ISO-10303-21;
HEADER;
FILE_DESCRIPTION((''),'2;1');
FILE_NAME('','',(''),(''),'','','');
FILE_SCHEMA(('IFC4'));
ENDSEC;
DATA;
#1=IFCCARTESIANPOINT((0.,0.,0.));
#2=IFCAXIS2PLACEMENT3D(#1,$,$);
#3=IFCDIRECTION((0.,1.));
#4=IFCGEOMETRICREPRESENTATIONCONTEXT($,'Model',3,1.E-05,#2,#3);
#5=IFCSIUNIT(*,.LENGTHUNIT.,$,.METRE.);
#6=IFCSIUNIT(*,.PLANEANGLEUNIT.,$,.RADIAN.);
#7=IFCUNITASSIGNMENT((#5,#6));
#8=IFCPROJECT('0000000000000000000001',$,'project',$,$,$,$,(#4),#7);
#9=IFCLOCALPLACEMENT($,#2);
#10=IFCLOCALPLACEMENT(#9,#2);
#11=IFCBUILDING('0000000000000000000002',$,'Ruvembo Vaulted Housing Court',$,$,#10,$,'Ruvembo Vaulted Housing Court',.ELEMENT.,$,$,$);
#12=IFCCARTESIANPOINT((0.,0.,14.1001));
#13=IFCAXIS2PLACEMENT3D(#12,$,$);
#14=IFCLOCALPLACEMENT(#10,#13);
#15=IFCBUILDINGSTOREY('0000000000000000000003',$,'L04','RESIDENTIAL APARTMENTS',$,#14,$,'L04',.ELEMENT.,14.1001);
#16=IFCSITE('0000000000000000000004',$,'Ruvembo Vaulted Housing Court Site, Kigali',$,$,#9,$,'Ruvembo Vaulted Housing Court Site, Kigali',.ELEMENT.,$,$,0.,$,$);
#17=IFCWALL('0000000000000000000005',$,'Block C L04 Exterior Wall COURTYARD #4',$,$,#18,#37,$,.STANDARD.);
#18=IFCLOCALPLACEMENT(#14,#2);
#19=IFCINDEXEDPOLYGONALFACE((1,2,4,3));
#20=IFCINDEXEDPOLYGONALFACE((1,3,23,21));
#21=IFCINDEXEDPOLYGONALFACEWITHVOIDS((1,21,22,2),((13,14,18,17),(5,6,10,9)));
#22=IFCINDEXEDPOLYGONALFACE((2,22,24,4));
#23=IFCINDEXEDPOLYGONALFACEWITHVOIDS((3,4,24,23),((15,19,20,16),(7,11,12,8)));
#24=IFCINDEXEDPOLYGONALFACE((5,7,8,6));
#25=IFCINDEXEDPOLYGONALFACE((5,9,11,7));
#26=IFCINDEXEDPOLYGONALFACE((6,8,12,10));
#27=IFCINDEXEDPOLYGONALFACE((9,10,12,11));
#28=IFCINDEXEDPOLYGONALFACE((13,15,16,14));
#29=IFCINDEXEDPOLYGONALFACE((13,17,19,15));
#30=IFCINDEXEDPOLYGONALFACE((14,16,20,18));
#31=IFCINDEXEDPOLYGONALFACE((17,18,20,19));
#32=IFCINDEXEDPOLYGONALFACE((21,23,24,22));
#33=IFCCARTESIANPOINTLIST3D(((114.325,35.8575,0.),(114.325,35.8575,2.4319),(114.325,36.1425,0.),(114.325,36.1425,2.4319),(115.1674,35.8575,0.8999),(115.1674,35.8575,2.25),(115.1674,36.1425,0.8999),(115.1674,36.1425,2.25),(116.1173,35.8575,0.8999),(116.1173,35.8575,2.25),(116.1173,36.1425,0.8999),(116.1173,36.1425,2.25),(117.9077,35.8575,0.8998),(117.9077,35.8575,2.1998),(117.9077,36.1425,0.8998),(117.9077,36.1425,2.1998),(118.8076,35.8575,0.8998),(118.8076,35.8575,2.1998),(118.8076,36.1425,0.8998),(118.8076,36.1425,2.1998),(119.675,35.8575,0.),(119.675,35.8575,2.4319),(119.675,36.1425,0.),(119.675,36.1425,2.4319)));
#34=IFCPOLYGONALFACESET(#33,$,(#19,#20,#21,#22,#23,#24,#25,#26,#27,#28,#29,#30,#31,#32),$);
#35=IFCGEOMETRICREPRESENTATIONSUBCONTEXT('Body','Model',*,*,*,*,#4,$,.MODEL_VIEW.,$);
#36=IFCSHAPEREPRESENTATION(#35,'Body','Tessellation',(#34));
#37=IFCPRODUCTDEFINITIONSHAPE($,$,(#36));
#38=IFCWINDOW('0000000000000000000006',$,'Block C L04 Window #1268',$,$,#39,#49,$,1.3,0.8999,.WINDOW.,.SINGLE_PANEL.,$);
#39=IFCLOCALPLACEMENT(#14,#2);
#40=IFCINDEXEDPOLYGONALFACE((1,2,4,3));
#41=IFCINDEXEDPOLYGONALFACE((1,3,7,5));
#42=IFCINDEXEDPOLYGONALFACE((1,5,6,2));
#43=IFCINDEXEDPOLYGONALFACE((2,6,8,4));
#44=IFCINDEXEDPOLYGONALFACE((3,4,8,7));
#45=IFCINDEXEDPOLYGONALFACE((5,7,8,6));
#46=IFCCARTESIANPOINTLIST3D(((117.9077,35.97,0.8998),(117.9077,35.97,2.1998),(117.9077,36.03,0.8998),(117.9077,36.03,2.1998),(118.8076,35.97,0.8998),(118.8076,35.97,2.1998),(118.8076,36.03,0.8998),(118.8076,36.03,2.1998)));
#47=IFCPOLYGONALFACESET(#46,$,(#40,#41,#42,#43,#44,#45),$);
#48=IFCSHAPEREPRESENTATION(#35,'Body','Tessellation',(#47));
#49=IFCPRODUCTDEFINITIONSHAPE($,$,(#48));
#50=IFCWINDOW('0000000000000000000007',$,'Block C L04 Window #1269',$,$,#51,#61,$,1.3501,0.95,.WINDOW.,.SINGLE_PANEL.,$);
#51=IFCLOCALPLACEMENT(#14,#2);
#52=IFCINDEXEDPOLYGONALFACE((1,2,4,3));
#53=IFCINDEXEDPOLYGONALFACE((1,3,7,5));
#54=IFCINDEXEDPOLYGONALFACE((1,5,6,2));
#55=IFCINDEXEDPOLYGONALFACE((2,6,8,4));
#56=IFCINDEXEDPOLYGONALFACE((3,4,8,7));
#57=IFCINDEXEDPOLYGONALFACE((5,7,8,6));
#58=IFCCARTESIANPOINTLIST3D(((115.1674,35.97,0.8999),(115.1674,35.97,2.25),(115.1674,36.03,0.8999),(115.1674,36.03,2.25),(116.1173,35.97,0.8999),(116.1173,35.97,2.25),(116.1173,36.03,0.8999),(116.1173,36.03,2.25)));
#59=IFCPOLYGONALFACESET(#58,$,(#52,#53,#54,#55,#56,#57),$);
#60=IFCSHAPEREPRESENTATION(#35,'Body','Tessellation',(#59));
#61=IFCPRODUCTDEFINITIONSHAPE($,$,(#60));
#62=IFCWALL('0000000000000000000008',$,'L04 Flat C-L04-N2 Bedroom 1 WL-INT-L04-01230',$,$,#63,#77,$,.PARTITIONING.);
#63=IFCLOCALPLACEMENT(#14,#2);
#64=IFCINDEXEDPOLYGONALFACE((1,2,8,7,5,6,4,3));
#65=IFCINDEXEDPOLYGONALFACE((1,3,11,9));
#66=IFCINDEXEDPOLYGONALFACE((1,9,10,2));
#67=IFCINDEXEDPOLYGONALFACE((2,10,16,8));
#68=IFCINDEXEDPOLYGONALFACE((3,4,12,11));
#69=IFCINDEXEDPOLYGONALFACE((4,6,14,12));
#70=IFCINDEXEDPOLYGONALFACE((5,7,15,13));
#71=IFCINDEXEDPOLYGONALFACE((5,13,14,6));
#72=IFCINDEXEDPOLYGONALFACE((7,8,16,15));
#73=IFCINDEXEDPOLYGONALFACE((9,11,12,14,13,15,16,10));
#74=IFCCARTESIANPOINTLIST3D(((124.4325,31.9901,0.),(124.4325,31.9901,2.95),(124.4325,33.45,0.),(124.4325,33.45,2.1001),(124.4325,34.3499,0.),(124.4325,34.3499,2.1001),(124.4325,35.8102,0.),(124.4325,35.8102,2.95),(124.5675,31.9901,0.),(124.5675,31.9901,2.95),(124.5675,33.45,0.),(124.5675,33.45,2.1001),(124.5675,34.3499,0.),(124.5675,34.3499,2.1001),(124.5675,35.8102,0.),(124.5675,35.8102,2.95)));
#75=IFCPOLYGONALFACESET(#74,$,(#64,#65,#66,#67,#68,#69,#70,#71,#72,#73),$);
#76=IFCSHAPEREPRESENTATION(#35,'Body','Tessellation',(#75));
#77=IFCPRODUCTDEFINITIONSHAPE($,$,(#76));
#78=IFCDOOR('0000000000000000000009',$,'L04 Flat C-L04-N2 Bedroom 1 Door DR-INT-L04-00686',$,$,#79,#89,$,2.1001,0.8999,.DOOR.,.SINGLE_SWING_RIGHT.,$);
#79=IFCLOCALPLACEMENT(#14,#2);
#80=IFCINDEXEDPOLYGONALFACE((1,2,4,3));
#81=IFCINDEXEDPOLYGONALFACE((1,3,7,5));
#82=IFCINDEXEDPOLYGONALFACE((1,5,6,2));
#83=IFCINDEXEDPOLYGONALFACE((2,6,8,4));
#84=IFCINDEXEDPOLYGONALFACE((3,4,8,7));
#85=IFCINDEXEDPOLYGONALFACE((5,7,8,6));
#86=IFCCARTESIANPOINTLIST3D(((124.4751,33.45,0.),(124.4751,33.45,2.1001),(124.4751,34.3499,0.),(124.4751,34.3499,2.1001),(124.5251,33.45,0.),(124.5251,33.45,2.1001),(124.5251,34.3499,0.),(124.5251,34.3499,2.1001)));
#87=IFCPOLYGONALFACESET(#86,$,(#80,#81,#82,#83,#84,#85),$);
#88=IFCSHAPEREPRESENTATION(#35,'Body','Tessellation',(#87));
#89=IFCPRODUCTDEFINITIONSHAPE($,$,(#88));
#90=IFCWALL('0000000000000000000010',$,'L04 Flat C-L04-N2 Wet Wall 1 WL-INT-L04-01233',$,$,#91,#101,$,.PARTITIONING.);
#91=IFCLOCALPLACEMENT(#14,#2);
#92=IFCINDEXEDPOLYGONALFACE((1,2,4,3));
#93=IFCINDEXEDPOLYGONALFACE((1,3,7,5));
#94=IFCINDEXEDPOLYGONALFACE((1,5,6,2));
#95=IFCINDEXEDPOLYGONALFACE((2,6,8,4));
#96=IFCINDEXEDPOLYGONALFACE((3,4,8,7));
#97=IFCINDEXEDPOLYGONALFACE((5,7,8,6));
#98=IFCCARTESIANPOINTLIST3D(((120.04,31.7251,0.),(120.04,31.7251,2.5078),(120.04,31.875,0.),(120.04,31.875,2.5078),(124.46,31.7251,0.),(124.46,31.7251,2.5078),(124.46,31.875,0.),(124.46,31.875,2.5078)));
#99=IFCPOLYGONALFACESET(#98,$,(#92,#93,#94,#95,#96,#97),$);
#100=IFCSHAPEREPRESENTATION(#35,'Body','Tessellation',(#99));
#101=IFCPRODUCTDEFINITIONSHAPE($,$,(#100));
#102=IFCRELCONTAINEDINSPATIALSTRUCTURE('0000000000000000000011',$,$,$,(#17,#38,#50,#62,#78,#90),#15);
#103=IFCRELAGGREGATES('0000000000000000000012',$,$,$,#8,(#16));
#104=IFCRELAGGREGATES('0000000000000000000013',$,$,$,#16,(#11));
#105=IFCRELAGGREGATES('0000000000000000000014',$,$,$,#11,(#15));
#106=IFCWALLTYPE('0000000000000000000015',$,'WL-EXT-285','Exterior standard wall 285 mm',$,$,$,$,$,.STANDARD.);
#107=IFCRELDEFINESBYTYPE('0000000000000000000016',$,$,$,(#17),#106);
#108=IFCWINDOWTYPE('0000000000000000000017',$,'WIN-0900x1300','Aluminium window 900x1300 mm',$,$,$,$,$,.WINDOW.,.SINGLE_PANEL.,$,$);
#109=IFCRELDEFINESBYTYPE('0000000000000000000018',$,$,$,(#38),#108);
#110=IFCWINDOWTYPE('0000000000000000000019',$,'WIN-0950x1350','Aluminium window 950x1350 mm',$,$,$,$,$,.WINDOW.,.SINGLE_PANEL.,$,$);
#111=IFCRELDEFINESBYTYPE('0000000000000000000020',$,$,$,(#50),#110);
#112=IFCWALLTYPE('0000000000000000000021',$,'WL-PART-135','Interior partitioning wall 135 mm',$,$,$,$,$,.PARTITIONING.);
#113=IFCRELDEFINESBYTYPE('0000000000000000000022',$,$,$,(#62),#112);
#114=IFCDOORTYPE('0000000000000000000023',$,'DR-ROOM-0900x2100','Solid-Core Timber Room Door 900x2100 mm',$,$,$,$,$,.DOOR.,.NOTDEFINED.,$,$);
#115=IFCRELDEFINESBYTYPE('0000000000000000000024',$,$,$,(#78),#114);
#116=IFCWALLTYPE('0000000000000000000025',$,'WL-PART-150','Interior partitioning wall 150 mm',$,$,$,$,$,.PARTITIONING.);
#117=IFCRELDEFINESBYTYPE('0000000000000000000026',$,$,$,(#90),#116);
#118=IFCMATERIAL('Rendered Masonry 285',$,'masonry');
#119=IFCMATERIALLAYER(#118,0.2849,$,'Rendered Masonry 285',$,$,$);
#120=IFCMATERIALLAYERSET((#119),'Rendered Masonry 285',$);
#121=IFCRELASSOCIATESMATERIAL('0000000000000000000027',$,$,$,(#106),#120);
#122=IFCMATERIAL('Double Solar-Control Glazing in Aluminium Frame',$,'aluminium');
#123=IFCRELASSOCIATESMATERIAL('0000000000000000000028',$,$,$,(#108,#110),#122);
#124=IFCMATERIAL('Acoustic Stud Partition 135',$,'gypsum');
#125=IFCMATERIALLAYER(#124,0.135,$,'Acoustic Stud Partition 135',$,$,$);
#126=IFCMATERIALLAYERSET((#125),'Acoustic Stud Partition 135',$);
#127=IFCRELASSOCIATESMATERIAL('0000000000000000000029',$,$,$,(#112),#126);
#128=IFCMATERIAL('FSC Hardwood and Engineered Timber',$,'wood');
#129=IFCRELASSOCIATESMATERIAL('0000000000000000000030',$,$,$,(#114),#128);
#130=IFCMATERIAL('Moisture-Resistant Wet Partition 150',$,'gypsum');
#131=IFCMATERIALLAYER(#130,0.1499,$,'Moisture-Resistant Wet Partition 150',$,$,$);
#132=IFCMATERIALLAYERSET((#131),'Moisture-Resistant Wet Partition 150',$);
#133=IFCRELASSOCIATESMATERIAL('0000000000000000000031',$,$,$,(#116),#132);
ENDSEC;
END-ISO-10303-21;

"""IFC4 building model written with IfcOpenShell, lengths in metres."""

from ifc_helpers import new_model, si_unit, direction, frame, frame_2d, origin, place, context, subcontext, project, spatial, rectangle, extrude, material, layer, layer_set, type_object, element, fill, save


model = new_model("IFC4")

# Units and contexts
model_context = context("Model", 3, precision=1e-05, world=origin(), true_north=direction((0.0, 1.0)))
body_context = subcontext(model_context, "Body", "Model", "MODEL_VIEW")
ifc_project = project(units=[si_unit("LENGTHUNIT", "METRE"), si_unit("PLANEANGLEUNIT", "RADIAN")], contexts=[model_context])

# Site, building, storey
site_placement = place(None, origin())
site = spatial("IfcSite", under=ifc_project, at=site_placement, Name="Ruvembo Vaulted Housing Court Site, Kigali", LongName="Ruvembo Vaulted Housing Court Site, Kigali", CompositionType="ELEMENT", RefElevation=0.0)
building_placement = place(site_placement, origin())
building = spatial("IfcBuilding", under=site, at=building_placement, Name="Ruvembo Vaulted Housing Court", LongName="Ruvembo Vaulted Housing Court", CompositionType="ELEMENT")
storey_placement = place(building_placement, frame((0.0, 0.0, 14.1001)))
storey = spatial("IfcBuildingStorey", under=building, at=storey_placement, Name="L04", Description="RESIDENTIAL APARTMENTS", LongName="L04", CompositionType="ELEMENT", Elevation=14.1001)

# Wall, openings, windows
ifc_material_1 = material(Name="Rendered Masonry 285", Category="masonry")
ifc_layer_1 = layer(ifc_material_1, 0.2849, Name="Rendered Masonry 285")
ifc_layer_set_1 = layer_set([ifc_layer_1], Name="Rendered Masonry 285")
wall_type_1 = type_object("IfcWallType", Name="WL-EXT-285", Description="Exterior standard wall 285 mm", PredefinedType="STANDARD", material=ifc_layer_set_1)
ifc_material_2 = material(Name="Double Solar-Control Glazing in Aluminium Frame", Category="aluminium")
wall_1_placement = place(storey_placement, frame((119.675, 36.0, 0.0), z_axis=(0.0, 0.0, 1.0), x_axis=(-1.0, 0.0, 0.0)))
wall_1 = element("IfcWall", 1, at=wall_1_placement, inside=storey, type_object=wall_type_1, Name="Block C L04 Exterior Wall COURTYARD #4", PredefinedType="STANDARD", context=body_context, shape_type="SweptSolid", body=[
    extrude(rectangle(XDim=5.3501, YDim=0.2849, at=frame_2d((2.675, 0.0))), origin(), (0.0, 0.0, 1.0), 2.4319),
])
opening_1_placement = place(wall_1_placement, frame((0.8674, 0.0, 0.8999)))
opening_1 = element("IfcOpeningElement", 2, at=opening_1_placement, cuts=wall_1, PredefinedType="OPENING", context=body_context, shape_type="SweptSolid", body=[
    extrude(rectangle(XDim=0.8999, YDim=1.3, at=frame_2d((0.45, 0.6499))), frame((0.0, 0.1523, 0.0), z_axis=(0.0, -1.0, 0.0), x_axis=(1.0, 0.0, 0.0)), (0.0, 0.0, 1.0), 0.3049),
])
opening_2_placement = place(wall_1_placement, frame((3.5576, 0.0, 0.8999)))
opening_2 = element("IfcOpeningElement", 3, at=opening_2_placement, cuts=wall_1, PredefinedType="OPENING", context=body_context, shape_type="SweptSolid", body=[
    extrude(rectangle(XDim=0.95, YDim=1.3501, at=frame_2d((0.4751, 0.675))), frame((0.0, 0.1523, 0.0), z_axis=(0.0, -1.0, 0.0), x_axis=(1.0, 0.0, 0.0)), (0.0, 0.0, 1.0), 0.3049),
])
window_type_1 = type_object("IfcWindowType", Name="WIN-0900x1300", Description="Aluminium window 900x1300 mm", PartitioningType="SINGLE_PANEL", PredefinedType="WINDOW", material=ifc_material_2)
window_1_placement = place(opening_1_placement, origin())
window_1 = element("IfcWindow", 4, at=window_1_placement, inside=storey, type_object=window_type_1, Name="Block C L04 Window #1268", OverallHeight=1.3, OverallWidth=0.8999, PartitioningType="SINGLE_PANEL", PredefinedType="WINDOW", context=body_context, shape_type="SweptSolid", body=[
    extrude(rectangle(XDim=0.8999, YDim=1.3, at=frame_2d((0.45, 0.6499))), frame((0.0, 0.03, 0.0), z_axis=(0.0, -1.0, 0.0), x_axis=(1.0, 0.0, 0.0)), (0.0, 0.0, 1.0), 0.0601),
])
fill(opening_1, window_1)
window_type_2 = type_object("IfcWindowType", Name="WIN-0950x1350", Description="Aluminium window 950x1350 mm", PartitioningType="SINGLE_PANEL", PredefinedType="WINDOW", material=ifc_material_2)
window_2_placement = place(opening_2_placement, origin())
window_2 = element("IfcWindow", 5, at=window_2_placement, inside=storey, type_object=window_type_2, Name="Block C L04 Window #1269", OverallHeight=1.3501, OverallWidth=0.95, PartitioningType="SINGLE_PANEL", PredefinedType="WINDOW", context=body_context, shape_type="SweptSolid", body=[
    extrude(rectangle(XDim=0.95, YDim=1.3501, at=frame_2d((0.4751, 0.675))), frame((0.0, 0.03, 0.0), z_axis=(0.0, -1.0, 0.0), x_axis=(1.0, 0.0, 0.0)), (0.0, 0.0, 1.0), 0.0601),
])
fill(opening_2, window_2)

# Wall, opening, door
ifc_material_3 = material(Name="Acoustic Stud Partition 135", Category="gypsum")
ifc_layer_2 = layer(ifc_material_3, 0.135, Name="Acoustic Stud Partition 135")
ifc_layer_set_2 = layer_set([ifc_layer_2], Name="Acoustic Stud Partition 135")
wall_type_2 = type_object("IfcWallType", Name="WL-PART-135", Description="Interior partitioning wall 135 mm", PredefinedType="PARTITIONING", material=ifc_layer_set_2)
wall_2_placement = place(storey_placement, frame((124.5, 31.99, 0.0), z_axis=(0.0, 0.0, 1.0), x_axis=(0.0, 1.0, 0.0)))
wall_2 = element("IfcWall", 6, at=wall_2_placement, inside=storey, type_object=wall_type_2, Name="L04 Flat C-L04-N2 Bedroom 1 WL-INT-L04-01230", PredefinedType="PARTITIONING", context=body_context, shape_type="SweptSolid", body=[
    extrude(rectangle(XDim=3.8201, YDim=0.135, at=frame_2d((1.9102, 0.0))), origin(), (0.0, 0.0, 1.0), 2.95),
])
opening_3_placement = place(wall_2_placement, frame((1.46, 0.0, 0.0)))
opening_3 = element("IfcOpeningElement", 7, at=opening_3_placement, cuts=wall_2, PredefinedType="OPENING", context=body_context, shape_type="SweptSolid", body=[
    extrude(rectangle(XDim=0.8999, YDim=2.1001, at=frame_2d((0.45, 1.05))), frame((0.0, 0.0774, 0.0), z_axis=(0.0, -1.0, 0.0), x_axis=(1.0, 0.0, 0.0)), (0.0, 0.0, 1.0), 0.155),
])
ifc_material_4 = material(Name="FSC Hardwood and Engineered Timber", Category="wood")
door_type = type_object("IfcDoorType", Name="DR-ROOM-0900x2100", Description="Solid-Core Timber Room Door 900x2100 mm", OperationType="NOTDEFINED", PredefinedType="DOOR", material=ifc_material_4)
door_placement = place(opening_3_placement, origin())
door = element("IfcDoor", 8, at=door_placement, inside=storey, type_object=door_type, Name="L04 Flat C-L04-N2 Bedroom 1 Door DR-INT-L04-00686", OperationType="SINGLE_SWING_RIGHT", OverallHeight=2.1001, OverallWidth=0.8999, PredefinedType="DOOR", context=body_context, shape_type="SweptSolid", body=[
    extrude(rectangle(XDim=0.8999, YDim=2.1001, at=frame_2d((0.45, 1.05))), frame((0.0, 0.0249, 0.0), z_axis=(0.0, -1.0, 0.0), x_axis=(1.0, 0.0, 0.0)), (0.0, 0.0, 1.0), 0.05),
])
fill(opening_3, door)

# Wall
ifc_material_5 = material(Name="Moisture-Resistant Wet Partition 150", Category="gypsum")
ifc_layer_3 = layer(ifc_material_5, 0.1499, Name="Moisture-Resistant Wet Partition 150")
ifc_layer_set_3 = layer_set([ifc_layer_3], Name="Moisture-Resistant Wet Partition 150")
wall_type_3 = type_object("IfcWallType", Name="WL-PART-150", Description="Interior partitioning wall 150 mm", PredefinedType="PARTITIONING", material=ifc_layer_set_3)
wall_3_placement = place(storey_placement, frame((120.04, 31.8, 0.0), z_axis=(0.0, 0.0, 1.0), x_axis=(1.0, 0.0, 0.0)))
element("IfcWall", 9, at=wall_3_placement, inside=storey, type_object=wall_type_3, Name="L04 Flat C-L04-N2 Wet Wall 1 WL-INT-L04-01233", PredefinedType="PARTITIONING", context=body_context, shape_type="SweptSolid", body=[
    extrude(rectangle(XDim=4.4199, YDim=0.1499, at=frame_2d((2.21, 0.0))), origin(), (0.0, 0.0, 1.0), 2.5078),
])

save(model, "model.ifc")
